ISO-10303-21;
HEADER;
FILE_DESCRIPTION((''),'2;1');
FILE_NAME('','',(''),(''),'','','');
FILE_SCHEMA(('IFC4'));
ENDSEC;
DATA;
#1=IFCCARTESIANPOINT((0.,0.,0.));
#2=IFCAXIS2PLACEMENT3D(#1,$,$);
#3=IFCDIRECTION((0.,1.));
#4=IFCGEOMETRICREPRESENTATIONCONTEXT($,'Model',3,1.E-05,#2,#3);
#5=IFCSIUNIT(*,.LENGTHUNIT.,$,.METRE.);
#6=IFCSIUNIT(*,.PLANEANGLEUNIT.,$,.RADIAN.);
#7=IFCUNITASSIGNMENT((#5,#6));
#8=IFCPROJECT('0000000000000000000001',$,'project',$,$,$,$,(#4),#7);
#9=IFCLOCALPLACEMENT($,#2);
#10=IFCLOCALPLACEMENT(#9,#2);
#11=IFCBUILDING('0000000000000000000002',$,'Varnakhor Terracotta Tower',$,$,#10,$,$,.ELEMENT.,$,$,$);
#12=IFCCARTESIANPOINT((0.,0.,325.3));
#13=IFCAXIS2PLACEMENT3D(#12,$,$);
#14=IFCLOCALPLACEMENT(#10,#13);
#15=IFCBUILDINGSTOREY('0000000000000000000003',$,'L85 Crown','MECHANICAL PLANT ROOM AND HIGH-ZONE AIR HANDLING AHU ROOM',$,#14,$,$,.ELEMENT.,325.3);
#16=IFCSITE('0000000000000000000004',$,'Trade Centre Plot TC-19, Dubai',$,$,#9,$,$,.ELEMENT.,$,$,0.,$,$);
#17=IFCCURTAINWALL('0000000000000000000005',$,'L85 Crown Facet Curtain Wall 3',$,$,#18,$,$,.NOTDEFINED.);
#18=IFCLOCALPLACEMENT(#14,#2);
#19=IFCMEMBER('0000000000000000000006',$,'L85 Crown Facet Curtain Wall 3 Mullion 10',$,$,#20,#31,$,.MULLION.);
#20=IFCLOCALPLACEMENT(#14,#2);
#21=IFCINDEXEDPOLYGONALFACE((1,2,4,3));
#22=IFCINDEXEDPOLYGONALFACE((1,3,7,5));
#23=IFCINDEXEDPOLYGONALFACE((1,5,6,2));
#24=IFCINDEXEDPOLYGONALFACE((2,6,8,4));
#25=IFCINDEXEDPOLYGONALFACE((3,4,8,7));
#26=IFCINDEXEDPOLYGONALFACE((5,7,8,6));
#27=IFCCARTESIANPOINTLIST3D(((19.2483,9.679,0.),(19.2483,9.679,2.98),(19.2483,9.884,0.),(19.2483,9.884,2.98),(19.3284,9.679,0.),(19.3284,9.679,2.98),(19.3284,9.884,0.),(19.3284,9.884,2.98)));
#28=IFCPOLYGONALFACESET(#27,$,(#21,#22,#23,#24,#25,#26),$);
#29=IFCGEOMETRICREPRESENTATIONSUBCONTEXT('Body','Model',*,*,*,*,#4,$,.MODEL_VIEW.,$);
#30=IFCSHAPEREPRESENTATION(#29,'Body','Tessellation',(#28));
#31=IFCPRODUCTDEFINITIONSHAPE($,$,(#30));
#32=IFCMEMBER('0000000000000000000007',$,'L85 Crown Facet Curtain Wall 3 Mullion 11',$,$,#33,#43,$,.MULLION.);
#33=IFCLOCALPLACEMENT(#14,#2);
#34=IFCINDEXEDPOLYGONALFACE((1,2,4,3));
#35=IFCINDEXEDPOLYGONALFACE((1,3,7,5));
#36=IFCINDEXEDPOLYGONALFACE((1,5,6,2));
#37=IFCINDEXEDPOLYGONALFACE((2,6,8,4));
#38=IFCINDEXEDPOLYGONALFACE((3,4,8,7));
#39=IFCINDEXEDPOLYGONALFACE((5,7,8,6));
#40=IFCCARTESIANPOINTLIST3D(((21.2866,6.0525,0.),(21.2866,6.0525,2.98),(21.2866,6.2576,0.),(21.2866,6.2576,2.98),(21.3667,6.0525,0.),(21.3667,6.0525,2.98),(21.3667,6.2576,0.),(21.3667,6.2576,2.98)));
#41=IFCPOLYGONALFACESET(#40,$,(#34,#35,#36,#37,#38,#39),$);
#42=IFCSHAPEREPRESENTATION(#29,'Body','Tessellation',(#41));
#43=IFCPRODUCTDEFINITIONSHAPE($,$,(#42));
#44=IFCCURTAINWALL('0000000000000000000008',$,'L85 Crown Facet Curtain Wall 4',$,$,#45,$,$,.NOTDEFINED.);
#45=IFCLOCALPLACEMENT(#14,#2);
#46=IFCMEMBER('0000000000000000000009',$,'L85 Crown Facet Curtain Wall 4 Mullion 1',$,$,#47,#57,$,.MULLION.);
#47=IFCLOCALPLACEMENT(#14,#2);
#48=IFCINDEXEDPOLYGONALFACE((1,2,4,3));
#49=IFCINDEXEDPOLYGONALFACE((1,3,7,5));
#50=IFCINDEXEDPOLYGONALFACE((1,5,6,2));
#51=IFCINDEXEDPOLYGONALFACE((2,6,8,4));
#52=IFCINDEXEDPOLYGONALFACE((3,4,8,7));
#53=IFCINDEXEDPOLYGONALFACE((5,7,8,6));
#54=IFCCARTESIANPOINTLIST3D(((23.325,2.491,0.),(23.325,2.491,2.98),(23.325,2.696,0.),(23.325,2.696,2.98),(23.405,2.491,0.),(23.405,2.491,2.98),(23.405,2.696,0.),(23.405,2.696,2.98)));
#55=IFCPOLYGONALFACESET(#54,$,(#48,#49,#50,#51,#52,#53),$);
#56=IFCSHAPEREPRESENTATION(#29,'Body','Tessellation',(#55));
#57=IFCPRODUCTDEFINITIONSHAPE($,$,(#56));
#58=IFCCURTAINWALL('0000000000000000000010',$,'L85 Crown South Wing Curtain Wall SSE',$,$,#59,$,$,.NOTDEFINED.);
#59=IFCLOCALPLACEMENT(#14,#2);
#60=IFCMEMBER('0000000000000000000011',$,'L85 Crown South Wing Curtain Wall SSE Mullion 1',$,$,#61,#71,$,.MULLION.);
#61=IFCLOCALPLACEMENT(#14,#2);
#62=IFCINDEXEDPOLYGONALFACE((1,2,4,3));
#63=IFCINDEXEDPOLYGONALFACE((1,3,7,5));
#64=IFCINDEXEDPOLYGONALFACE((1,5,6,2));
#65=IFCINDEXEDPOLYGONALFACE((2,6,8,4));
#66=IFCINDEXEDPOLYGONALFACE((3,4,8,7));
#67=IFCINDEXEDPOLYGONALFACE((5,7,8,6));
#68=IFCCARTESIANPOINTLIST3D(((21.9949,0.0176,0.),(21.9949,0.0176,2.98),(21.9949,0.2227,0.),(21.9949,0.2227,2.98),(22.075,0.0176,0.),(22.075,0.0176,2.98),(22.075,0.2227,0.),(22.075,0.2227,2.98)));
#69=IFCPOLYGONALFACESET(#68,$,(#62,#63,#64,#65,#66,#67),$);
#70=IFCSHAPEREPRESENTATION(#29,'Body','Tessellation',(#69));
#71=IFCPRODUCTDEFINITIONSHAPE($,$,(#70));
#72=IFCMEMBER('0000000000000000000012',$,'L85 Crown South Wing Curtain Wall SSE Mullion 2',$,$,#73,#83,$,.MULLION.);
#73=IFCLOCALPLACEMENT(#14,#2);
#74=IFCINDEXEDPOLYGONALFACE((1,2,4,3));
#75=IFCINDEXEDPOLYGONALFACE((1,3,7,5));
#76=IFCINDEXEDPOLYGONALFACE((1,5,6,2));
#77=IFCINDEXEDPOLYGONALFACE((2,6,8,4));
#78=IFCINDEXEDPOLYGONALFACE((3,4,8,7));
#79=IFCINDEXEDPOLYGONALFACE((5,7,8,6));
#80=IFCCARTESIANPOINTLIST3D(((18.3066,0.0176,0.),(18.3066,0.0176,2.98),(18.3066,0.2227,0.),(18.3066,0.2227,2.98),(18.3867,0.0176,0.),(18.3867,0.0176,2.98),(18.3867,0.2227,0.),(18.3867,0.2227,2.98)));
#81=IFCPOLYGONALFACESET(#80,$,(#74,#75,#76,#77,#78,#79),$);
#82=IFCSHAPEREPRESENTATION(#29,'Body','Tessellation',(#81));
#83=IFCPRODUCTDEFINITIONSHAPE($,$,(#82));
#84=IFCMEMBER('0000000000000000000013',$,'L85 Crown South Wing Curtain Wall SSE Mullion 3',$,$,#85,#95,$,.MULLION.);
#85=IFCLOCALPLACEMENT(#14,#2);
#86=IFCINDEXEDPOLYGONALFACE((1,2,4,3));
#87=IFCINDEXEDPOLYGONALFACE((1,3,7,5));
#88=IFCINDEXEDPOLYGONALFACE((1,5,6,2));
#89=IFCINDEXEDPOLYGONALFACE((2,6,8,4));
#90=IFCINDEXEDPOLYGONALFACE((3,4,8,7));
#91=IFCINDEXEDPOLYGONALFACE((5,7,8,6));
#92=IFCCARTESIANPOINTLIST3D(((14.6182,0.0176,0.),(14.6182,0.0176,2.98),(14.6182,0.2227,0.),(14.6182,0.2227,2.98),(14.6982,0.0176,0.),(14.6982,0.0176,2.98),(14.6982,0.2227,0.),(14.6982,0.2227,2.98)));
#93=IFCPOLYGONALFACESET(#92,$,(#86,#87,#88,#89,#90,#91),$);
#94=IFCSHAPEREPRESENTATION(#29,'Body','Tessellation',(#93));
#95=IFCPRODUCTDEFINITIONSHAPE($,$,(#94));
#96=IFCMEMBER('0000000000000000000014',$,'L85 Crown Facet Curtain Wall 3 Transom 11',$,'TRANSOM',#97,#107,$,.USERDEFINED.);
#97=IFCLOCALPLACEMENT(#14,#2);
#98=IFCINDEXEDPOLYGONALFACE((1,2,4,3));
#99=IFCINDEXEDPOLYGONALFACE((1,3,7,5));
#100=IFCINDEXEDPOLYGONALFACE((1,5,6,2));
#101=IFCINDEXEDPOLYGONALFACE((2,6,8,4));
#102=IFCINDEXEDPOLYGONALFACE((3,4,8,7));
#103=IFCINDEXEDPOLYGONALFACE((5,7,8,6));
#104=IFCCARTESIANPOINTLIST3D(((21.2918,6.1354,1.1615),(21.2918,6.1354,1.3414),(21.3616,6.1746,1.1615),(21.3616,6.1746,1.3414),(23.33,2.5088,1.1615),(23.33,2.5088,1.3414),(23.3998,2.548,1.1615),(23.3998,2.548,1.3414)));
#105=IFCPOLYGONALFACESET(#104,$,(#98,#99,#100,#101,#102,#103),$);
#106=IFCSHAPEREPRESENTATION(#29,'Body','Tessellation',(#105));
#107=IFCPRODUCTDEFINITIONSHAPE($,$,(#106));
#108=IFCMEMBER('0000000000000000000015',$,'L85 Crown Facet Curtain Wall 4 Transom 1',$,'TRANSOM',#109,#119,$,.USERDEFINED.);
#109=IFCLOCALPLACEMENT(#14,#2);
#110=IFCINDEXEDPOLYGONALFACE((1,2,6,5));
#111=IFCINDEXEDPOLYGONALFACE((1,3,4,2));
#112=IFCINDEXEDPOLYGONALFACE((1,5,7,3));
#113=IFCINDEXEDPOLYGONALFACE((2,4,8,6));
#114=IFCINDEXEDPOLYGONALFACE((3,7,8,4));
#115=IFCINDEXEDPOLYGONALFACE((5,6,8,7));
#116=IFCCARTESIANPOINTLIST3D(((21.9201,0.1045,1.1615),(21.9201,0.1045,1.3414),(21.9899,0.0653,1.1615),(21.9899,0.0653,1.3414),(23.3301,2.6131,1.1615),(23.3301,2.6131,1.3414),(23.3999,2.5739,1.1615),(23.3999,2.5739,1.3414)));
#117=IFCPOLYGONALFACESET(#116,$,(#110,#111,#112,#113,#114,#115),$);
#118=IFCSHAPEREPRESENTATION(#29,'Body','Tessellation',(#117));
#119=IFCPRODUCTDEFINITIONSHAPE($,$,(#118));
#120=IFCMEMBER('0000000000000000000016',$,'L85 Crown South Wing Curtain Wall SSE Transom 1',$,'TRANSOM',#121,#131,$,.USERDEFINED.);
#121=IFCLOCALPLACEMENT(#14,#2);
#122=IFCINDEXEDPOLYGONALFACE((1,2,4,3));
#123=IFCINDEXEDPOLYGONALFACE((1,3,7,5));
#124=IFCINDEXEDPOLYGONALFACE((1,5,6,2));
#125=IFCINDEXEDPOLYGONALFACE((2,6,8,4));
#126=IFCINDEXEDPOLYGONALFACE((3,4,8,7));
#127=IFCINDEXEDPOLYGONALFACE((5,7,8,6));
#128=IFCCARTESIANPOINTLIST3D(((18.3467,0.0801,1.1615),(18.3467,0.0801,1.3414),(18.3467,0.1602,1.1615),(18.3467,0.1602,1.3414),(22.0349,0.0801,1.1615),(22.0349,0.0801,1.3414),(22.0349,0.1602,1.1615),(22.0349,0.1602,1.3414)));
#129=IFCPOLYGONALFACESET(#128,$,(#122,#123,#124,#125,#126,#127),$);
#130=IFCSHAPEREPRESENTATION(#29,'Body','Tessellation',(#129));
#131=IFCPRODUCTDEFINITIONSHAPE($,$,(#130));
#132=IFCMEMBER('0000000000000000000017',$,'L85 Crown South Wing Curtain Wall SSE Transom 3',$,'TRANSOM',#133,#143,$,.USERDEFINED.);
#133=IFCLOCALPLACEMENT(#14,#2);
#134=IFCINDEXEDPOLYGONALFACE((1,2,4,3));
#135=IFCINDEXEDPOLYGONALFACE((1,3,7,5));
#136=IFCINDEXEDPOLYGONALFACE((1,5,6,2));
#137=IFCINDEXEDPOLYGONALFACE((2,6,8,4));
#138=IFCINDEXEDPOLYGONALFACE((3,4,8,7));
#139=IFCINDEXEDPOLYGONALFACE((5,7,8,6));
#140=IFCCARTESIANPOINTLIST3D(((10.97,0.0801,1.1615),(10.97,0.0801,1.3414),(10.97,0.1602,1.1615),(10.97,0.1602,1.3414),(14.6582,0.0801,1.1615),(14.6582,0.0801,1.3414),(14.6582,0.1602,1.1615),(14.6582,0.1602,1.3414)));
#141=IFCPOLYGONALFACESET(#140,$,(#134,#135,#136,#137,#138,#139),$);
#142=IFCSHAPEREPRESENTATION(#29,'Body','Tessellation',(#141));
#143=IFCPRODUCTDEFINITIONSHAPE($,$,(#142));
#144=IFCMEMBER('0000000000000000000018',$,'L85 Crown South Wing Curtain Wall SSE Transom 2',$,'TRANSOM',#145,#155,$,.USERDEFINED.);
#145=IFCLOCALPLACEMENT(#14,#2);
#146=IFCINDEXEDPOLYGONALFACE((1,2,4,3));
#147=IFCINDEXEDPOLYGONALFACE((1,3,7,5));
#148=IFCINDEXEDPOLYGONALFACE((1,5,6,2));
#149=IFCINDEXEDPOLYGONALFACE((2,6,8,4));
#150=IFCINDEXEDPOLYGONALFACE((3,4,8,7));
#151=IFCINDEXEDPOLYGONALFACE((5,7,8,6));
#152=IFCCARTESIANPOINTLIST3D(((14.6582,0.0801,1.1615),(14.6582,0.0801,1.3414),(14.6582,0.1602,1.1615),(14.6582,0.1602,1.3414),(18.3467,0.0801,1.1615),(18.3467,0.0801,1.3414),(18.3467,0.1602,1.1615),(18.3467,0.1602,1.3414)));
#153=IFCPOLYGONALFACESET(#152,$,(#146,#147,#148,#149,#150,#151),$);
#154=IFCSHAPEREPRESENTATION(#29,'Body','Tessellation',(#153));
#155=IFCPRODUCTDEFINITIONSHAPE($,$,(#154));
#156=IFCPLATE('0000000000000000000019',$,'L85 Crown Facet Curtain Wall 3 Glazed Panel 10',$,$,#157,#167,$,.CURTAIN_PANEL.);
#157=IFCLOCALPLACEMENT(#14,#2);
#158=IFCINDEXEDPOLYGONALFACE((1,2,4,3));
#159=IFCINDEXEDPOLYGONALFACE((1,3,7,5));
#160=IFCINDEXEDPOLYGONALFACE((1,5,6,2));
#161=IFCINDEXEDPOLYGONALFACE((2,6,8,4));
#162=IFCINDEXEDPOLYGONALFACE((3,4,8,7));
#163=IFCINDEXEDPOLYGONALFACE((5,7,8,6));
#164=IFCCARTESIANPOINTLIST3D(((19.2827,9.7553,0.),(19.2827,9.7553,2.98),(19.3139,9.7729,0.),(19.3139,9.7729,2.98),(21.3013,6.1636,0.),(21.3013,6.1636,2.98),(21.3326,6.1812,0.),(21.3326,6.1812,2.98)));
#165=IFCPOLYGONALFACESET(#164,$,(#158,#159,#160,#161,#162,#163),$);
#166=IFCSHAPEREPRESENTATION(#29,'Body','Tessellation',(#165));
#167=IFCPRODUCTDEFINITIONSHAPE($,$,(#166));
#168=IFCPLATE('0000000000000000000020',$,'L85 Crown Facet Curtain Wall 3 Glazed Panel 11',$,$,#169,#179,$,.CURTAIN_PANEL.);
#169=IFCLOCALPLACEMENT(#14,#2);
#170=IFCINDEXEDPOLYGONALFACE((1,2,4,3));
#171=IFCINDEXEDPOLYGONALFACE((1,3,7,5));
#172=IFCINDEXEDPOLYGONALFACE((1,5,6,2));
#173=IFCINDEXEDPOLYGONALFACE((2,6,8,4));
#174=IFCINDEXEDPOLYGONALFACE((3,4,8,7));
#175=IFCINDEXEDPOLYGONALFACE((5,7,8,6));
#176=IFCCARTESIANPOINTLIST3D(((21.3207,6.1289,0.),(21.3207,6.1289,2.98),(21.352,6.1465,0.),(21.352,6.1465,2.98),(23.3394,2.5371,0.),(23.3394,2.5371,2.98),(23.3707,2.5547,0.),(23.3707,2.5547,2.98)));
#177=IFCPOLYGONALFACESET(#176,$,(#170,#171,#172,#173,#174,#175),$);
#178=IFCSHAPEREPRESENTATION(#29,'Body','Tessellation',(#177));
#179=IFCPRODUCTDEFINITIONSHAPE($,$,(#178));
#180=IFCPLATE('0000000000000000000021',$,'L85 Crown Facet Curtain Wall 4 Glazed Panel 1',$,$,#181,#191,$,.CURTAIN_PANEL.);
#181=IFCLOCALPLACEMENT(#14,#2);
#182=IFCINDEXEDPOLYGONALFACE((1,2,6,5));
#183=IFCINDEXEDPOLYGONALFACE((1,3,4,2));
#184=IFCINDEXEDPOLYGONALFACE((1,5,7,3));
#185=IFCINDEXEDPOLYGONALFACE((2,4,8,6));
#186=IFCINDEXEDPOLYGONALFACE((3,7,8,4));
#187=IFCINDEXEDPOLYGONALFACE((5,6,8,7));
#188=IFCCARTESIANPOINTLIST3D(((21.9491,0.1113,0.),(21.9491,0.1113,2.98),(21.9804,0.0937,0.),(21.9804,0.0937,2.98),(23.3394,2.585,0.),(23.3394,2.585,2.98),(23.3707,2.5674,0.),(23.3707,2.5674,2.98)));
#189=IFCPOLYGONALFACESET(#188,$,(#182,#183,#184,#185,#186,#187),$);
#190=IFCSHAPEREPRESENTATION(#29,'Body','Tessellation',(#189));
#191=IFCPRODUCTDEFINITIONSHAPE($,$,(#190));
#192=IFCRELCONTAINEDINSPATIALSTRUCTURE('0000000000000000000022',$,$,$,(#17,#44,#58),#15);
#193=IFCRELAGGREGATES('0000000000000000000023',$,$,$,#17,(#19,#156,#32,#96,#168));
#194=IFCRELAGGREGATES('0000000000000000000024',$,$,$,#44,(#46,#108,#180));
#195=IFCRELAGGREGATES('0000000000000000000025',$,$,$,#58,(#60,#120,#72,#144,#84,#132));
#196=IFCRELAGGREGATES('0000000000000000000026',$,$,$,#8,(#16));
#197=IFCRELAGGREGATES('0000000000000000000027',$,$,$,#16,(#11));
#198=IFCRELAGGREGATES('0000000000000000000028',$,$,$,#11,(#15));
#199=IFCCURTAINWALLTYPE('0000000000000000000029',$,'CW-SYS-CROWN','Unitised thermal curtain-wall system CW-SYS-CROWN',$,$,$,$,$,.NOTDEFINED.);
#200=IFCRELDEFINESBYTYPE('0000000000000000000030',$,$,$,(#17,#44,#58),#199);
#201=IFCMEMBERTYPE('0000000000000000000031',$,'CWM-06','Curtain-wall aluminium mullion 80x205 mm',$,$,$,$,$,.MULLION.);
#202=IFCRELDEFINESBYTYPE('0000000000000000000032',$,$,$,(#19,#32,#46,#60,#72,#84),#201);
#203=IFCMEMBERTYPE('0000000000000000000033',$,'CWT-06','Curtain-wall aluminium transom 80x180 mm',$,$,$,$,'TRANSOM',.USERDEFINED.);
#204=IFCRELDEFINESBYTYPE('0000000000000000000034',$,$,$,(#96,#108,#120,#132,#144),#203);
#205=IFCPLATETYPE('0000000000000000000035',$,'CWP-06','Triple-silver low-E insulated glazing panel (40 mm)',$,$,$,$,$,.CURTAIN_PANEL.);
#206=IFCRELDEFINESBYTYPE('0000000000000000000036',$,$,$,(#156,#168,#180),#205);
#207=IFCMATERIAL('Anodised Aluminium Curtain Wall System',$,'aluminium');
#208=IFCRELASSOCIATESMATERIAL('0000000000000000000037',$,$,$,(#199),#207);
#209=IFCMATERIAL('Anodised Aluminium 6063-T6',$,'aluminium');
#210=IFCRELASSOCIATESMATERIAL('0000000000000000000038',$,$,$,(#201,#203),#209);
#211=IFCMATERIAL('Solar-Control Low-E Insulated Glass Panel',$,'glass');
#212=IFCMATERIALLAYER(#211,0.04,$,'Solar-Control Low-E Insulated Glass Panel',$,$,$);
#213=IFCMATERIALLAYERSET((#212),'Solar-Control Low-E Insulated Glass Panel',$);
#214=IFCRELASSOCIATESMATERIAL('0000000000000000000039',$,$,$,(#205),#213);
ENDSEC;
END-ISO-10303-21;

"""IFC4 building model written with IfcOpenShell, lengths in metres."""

from ifc_helpers import new_model, si_unit, direction, frame, origin, origin_2d, place, context, subcontext, project, spatial, rectangle, extrude, source, transform, mapped, material, layer, layer_set, material_profile, profile_set, type_object, type_shapes, element, aggregate, save


model = new_model("IFC4")

# Units and contexts
model_context = context("Model", 3, precision=1e-05, world=origin(), true_north=direction((0.0, 1.0)))
body_context = subcontext(model_context, "Body", "Model", "MODEL_VIEW")
ifc_project = project(units=[si_unit("LENGTHUNIT", "METRE"), si_unit("PLANEANGLEUNIT", "RADIAN")], contexts=[model_context])

# Site, building, storey
site_placement = place(None, origin())
site = spatial("IfcSite", under=ifc_project, at=site_placement, Name="Trade Centre Plot TC-19, Dubai", CompositionType="ELEMENT", RefElevation=0.0)
building_placement = place(site_placement, origin())
building = spatial("IfcBuilding", under=site, at=building_placement, Name="Varnakhor Terracotta Tower", CompositionType="ELEMENT")
storey_placement = place(building_placement, frame((0.0, 0.0, 325.3)))
storey = spatial("IfcBuildingStorey", under=building, at=storey_placement, Name="L85 Crown", Description="MECHANICAL PLANT ROOM AND HIGH-ZONE AIR HANDLING AHU ROOM", CompositionType="ELEMENT", Elevation=325.3)

# Curtain wall, members
ifc_material_1 = material(Name="Anodised Aluminium Curtain Wall System", Category="aluminium")
curtain_wall_type = type_object("IfcCurtainWallType", Name="CW-SYS-CROWN", Description="Unitised thermal curtain-wall system CW-SYS-CROWN", PredefinedType="NOTDEFINED", material=ifc_material_1)
curtain_wall_1_placement = place(storey_placement, origin())
curtain_wall_1 = element("IfcCurtainWall", 1, at=curtain_wall_1_placement, inside=storey, type_object=curtain_wall_type, Name="L85 Crown Facet Curtain Wall 3", PredefinedType="NOTDEFINED")
ifc_material_2 = material(Name="Anodised Aluminium 6063-T6", Category="aluminium")
ifc_material_profile_1 = material_profile(ifc_material_2, rectangle(XDim=0.0801, YDim=0.2051, at=origin_2d()), Name="ALU MULLION 80x205")
ifc_profile_set_1 = profile_set([ifc_material_profile_1], Name="Anodised Aluminium 6063-T6")
member_type_1 = type_object("IfcMemberType", Name="CWM-06", Description="Curtain-wall aluminium mullion 80x205 mm", PredefinedType="MULLION", material=ifc_profile_set_1)
shared_shape_1 = source(origin(), body_context, "Body", "SweptSolid", [
    extrude(rectangle(XDim=0.0801, YDim=0.2051, at=origin_2d()), origin(), (0.0, 0.0, 1.0), 2.98),
])
type_shapes(member_type_1, [shared_shape_1])
member_1_placement = place(storey_placement, frame((19.2883, 9.7815, 0.0), z_axis=(0.0, 0.0, 1.0), x_axis=(1.0, 0.0, 0.0)))
member_1 = element("IfcMember", 2, at=member_1_placement, type_object=member_type_1, Name="L85 Crown Facet Curtain Wall 3 Mullion 10", PredefinedType="MULLION", context=body_context, shape_type="MappedRepresentation", body=[
    mapped(shared_shape_1, transform((0.0, 0.0, 0.0), scale=1.0)),
])
member_2_placement = place(storey_placement, frame((21.3267, 6.155, 0.0), z_axis=(0.0, 0.0, 1.0), x_axis=(1.0, 0.0, 0.0)))
member_2 = element("IfcMember", 3, at=member_2_placement, type_object=member_type_1, Name="L85 Crown Facet Curtain Wall 3 Mullion 11", PredefinedType="MULLION", context=body_context, shape_type="MappedRepresentation", body=[
    mapped(shared_shape_1, transform((0.0, 0.0, 0.0), scale=1.0)),
])

# Curtain wall, member
curtain_wall_2_placement = place(storey_placement, origin())
curtain_wall_2 = element("IfcCurtainWall", 4, at=curtain_wall_2_placement, inside=storey, type_object=curtain_wall_type, Name="L85 Crown Facet Curtain Wall 4", PredefinedType="NOTDEFINED")
member_3_placement = place(storey_placement, frame((23.365, 2.5935, 0.0), z_axis=(0.0, 0.0, 1.0), x_axis=(1.0, 0.0, 0.0)))
member_3 = element("IfcMember", 5, at=member_3_placement, type_object=member_type_1, Name="L85 Crown Facet Curtain Wall 4 Mullion 1", PredefinedType="MULLION", context=body_context, shape_type="MappedRepresentation", body=[
    mapped(shared_shape_1, transform((0.0, 0.0, 0.0), scale=1.0)),
])

# Curtain wall, members
curtain_wall_3_placement = place(storey_placement, origin())
curtain_wall_3 = element("IfcCurtainWall", 6, at=curtain_wall_3_placement, inside=storey, type_object=curtain_wall_type, Name="L85 Crown South Wing Curtain Wall SSE", PredefinedType="NOTDEFINED")
member_4_placement = place(storey_placement, frame((22.0349, 0.1201, 0.0), z_axis=(0.0, 0.0, 1.0), x_axis=(1.0, 0.0, 0.0)))
member_4 = element("IfcMember", 7, at=member_4_placement, type_object=member_type_1, Name="L85 Crown South Wing Curtain Wall SSE Mullion 1", PredefinedType="MULLION", context=body_context, shape_type="MappedRepresentation", body=[
    mapped(shared_shape_1, transform((0.0, 0.0, 0.0), scale=1.0)),
])
member_5_placement = place(storey_placement, frame((18.3467, 0.1201, 0.0), z_axis=(0.0, 0.0, 1.0), x_axis=(1.0, 0.0, 0.0)))
member_5 = element("IfcMember", 8, at=member_5_placement, type_object=member_type_1, Name="L85 Crown South Wing Curtain Wall SSE Mullion 2", PredefinedType="MULLION", context=body_context, shape_type="MappedRepresentation", body=[
    mapped(shared_shape_1, transform((0.0, 0.0, 0.0), scale=1.0)),
])
member_6_placement = place(storey_placement, frame((14.6582, 0.1201, 0.0), z_axis=(0.0, 0.0, 1.0), x_axis=(1.0, 0.0, 0.0)))
member_6 = element("IfcMember", 9, at=member_6_placement, type_object=member_type_1, Name="L85 Crown South Wing Curtain Wall SSE Mullion 3", PredefinedType="MULLION", context=body_context, shape_type="MappedRepresentation", body=[
    mapped(shared_shape_1, transform((0.0, 0.0, 0.0), scale=1.0)),
])

# Members
ifc_material_profile_2 = material_profile(ifc_material_2, rectangle(XDim=0.0801, YDim=0.1799, at=origin_2d()), Name="ALU TRANSOM 80x180")
ifc_profile_set_2 = profile_set([ifc_material_profile_2], Name="Anodised Aluminium 6063-T6")
member_type_2 = type_object("IfcMemberType", Name="CWT-06", Description="Curtain-wall aluminium transom 80x180 mm", ElementType="TRANSOM", PredefinedType="USERDEFINED", material=ifc_profile_set_2)
shared_shape_2 = source(origin(), body_context, "Body", "SweptSolid", [
    extrude(rectangle(XDim=0.0801, YDim=0.1799, at=origin_2d()), origin(), (0.0, 0.0, 1.0), 4.1602),
])
member_7_placement = place(storey_placement, frame((21.3267, 6.155, 1.2515), z_axis=(0.489952, -0.871749, 0.0), x_axis=(0.871749, 0.489952, 0.0)))
member_7 = element("IfcMember", 10, at=member_7_placement, type_object=member_type_2, Name="L85 Crown Facet Curtain Wall 3 Transom 11", ObjectType="TRANSOM", PredefinedType="USERDEFINED", context=body_context, shape_type="MappedRepresentation", body=[
    mapped(shared_shape_2, transform((0.0, 0.0, 0.0), scale=1.0)),
])
shared_shape_3 = source(origin(), body_context, "Body", "SweptSolid", [
    extrude(rectangle(XDim=0.0801, YDim=0.1799, at=origin_2d()), origin(), (0.0, 0.0, 1.0), 2.8777),
])
member_8_placement = place(storey_placement, frame((23.365, 2.5935, 1.2515), z_axis=(-0.489959, -0.871745, 0.0), x_axis=(0.871745, -0.489959, 0.0)))
member_8 = element("IfcMember", 11, at=member_8_placement, type_object=member_type_2, Name="L85 Crown Facet Curtain Wall 4 Transom 1", ObjectType="TRANSOM", PredefinedType="USERDEFINED", context=body_context, shape_type="MappedRepresentation", body=[
    mapped(shared_shape_3, transform((0.0, 0.0, 0.0), scale=1.0)),
])
shared_shape_4 = source(origin(), body_context, "Body", "SweptSolid", [
    extrude(rectangle(XDim=0.0801, YDim=0.1799, at=origin_2d()), origin(), (0.0, 0.0, 1.0), 3.6882),
])
member_9_placement = place(storey_placement, frame((22.0349, 0.1201, 1.2515), z_axis=(-1.0, 0.0, 0.0), x_axis=(0.0, -1.0, 0.0)))
member_9 = element("IfcMember", 12, at=member_9_placement, type_object=member_type_2, Name="L85 Crown South Wing Curtain Wall SSE Transom 1", ObjectType="TRANSOM", PredefinedType="USERDEFINED", context=body_context, shape_type="MappedRepresentation", body=[
    mapped(shared_shape_4, transform((0.0, 0.0, 0.0), scale=1.0)),
])
member_10_placement = place(storey_placement, frame((14.6582, 0.1201, 1.2515), z_axis=(-1.0, 0.0, 0.0), x_axis=(0.0, -1.0, 0.0)))
member_10 = element("IfcMember", 13, at=member_10_placement, type_object=member_type_2, Name="L85 Crown South Wing Curtain Wall SSE Transom 3", ObjectType="TRANSOM", PredefinedType="USERDEFINED", context=body_context, shape_type="MappedRepresentation", body=[
    mapped(shared_shape_4, transform((0.0, 0.0, 0.0), scale=1.0)),
])
shared_shape_5 = source(origin(), body_context, "Body", "SweptSolid", [
    extrude(rectangle(XDim=0.0801, YDim=0.1799, at=origin_2d()), origin(), (0.0, 0.0, 1.0), 3.6885),
])
member_11_placement = place(storey_placement, frame((18.3467, 0.1201, 1.2515), z_axis=(-1.0, 0.0, 0.0), x_axis=(0.0, -1.0, 0.0)))
member_11 = element("IfcMember", 14, at=member_11_placement, type_object=member_type_2, Name="L85 Crown South Wing Curtain Wall SSE Transom 2", ObjectType="TRANSOM", PredefinedType="USERDEFINED", context=body_context, shape_type="MappedRepresentation", body=[
    mapped(shared_shape_5, transform((0.0, 0.0, 0.0), scale=1.0)),
])

# Plates
ifc_material_3 = material(Name="Solar-Control Low-E Insulated Glass Panel", Category="glass")
ifc_layer_1 = layer(ifc_material_3, 0.04, Name="Solar-Control Low-E Insulated Glass Panel")
ifc_layer_set_1 = layer_set([ifc_layer_1], Name="Solar-Control Low-E Insulated Glass Panel")
plate_type = type_object("IfcPlateType", Name="CWP-06", Description="Triple-silver low-E insulated glazing panel (40 mm)", PredefinedType="CURTAIN_PANEL", material=ifc_layer_set_1)
shared_shape_6 = source(origin(), body_context, "Body", "SweptSolid", [
    extrude(rectangle(XDim=4.1201, YDim=0.0359, at=origin_2d()), origin(), (0.0, 0.0, 1.0), 2.98),
])
plate_1_placement = place(storey_placement, frame((20.3076, 7.9683, 0.0), z_axis=(0.0, 0.0, 1.0), x_axis=(0.489946, -0.871753, 0.0)))
plate_1 = element("IfcPlate", 15, at=plate_1_placement, type_object=plate_type, Name="L85 Crown Facet Curtain Wall 3 Glazed Panel 10", PredefinedType="CURTAIN_PANEL", context=body_context, shape_type="MappedRepresentation", body=[
    mapped(shared_shape_6, transform((0.0, 0.0, 0.0), scale=1.0)),
])
plate_2_placement = place(storey_placement, frame((22.3457, 4.3418, 0.0), z_axis=(0.0, 0.0, 1.0), x_axis=(0.489946, -0.871753, 0.0)))
plate_2 = element("IfcPlate", 16, at=plate_2_placement, type_object=plate_type, Name="L85 Crown Facet Curtain Wall 3 Glazed Panel 11", PredefinedType="CURTAIN_PANEL", context=body_context, shape_type="MappedRepresentation", body=[
    mapped(shared_shape_6, transform((0.0, 0.0, 0.0), scale=1.0)),
])
aggregate(curtain_wall_1, [member_1, plate_1, member_2, member_7, plate_2])
shared_shape_7 = source(origin(), body_context, "Body", "SweptSolid", [
    extrude(rectangle(XDim=2.8376, YDim=0.0359, at=origin_2d()), origin(), (0.0, 0.0, 1.0), 2.98),
])
plate_3_placement = place(storey_placement, frame((22.6599, 1.3394, 0.0), z_axis=(0.0, 0.0, 1.0), x_axis=(-0.48993, -0.871762, 0.0)))
plate_3 = element("IfcPlate", 17, at=plate_3_placement, type_object=plate_type, Name="L85 Crown Facet Curtain Wall 4 Glazed Panel 1", PredefinedType="CURTAIN_PANEL", context=body_context, shape_type="MappedRepresentation", body=[
    mapped(shared_shape_7, transform((0.0, 0.0, 0.0), scale=1.0)),
])
aggregate(curtain_wall_2, [member_3, member_8, plate_3])
aggregate(curtain_wall_3, [member_4, member_9, member_5, member_11, member_6, member_10])

save(model, "model.ifc")
